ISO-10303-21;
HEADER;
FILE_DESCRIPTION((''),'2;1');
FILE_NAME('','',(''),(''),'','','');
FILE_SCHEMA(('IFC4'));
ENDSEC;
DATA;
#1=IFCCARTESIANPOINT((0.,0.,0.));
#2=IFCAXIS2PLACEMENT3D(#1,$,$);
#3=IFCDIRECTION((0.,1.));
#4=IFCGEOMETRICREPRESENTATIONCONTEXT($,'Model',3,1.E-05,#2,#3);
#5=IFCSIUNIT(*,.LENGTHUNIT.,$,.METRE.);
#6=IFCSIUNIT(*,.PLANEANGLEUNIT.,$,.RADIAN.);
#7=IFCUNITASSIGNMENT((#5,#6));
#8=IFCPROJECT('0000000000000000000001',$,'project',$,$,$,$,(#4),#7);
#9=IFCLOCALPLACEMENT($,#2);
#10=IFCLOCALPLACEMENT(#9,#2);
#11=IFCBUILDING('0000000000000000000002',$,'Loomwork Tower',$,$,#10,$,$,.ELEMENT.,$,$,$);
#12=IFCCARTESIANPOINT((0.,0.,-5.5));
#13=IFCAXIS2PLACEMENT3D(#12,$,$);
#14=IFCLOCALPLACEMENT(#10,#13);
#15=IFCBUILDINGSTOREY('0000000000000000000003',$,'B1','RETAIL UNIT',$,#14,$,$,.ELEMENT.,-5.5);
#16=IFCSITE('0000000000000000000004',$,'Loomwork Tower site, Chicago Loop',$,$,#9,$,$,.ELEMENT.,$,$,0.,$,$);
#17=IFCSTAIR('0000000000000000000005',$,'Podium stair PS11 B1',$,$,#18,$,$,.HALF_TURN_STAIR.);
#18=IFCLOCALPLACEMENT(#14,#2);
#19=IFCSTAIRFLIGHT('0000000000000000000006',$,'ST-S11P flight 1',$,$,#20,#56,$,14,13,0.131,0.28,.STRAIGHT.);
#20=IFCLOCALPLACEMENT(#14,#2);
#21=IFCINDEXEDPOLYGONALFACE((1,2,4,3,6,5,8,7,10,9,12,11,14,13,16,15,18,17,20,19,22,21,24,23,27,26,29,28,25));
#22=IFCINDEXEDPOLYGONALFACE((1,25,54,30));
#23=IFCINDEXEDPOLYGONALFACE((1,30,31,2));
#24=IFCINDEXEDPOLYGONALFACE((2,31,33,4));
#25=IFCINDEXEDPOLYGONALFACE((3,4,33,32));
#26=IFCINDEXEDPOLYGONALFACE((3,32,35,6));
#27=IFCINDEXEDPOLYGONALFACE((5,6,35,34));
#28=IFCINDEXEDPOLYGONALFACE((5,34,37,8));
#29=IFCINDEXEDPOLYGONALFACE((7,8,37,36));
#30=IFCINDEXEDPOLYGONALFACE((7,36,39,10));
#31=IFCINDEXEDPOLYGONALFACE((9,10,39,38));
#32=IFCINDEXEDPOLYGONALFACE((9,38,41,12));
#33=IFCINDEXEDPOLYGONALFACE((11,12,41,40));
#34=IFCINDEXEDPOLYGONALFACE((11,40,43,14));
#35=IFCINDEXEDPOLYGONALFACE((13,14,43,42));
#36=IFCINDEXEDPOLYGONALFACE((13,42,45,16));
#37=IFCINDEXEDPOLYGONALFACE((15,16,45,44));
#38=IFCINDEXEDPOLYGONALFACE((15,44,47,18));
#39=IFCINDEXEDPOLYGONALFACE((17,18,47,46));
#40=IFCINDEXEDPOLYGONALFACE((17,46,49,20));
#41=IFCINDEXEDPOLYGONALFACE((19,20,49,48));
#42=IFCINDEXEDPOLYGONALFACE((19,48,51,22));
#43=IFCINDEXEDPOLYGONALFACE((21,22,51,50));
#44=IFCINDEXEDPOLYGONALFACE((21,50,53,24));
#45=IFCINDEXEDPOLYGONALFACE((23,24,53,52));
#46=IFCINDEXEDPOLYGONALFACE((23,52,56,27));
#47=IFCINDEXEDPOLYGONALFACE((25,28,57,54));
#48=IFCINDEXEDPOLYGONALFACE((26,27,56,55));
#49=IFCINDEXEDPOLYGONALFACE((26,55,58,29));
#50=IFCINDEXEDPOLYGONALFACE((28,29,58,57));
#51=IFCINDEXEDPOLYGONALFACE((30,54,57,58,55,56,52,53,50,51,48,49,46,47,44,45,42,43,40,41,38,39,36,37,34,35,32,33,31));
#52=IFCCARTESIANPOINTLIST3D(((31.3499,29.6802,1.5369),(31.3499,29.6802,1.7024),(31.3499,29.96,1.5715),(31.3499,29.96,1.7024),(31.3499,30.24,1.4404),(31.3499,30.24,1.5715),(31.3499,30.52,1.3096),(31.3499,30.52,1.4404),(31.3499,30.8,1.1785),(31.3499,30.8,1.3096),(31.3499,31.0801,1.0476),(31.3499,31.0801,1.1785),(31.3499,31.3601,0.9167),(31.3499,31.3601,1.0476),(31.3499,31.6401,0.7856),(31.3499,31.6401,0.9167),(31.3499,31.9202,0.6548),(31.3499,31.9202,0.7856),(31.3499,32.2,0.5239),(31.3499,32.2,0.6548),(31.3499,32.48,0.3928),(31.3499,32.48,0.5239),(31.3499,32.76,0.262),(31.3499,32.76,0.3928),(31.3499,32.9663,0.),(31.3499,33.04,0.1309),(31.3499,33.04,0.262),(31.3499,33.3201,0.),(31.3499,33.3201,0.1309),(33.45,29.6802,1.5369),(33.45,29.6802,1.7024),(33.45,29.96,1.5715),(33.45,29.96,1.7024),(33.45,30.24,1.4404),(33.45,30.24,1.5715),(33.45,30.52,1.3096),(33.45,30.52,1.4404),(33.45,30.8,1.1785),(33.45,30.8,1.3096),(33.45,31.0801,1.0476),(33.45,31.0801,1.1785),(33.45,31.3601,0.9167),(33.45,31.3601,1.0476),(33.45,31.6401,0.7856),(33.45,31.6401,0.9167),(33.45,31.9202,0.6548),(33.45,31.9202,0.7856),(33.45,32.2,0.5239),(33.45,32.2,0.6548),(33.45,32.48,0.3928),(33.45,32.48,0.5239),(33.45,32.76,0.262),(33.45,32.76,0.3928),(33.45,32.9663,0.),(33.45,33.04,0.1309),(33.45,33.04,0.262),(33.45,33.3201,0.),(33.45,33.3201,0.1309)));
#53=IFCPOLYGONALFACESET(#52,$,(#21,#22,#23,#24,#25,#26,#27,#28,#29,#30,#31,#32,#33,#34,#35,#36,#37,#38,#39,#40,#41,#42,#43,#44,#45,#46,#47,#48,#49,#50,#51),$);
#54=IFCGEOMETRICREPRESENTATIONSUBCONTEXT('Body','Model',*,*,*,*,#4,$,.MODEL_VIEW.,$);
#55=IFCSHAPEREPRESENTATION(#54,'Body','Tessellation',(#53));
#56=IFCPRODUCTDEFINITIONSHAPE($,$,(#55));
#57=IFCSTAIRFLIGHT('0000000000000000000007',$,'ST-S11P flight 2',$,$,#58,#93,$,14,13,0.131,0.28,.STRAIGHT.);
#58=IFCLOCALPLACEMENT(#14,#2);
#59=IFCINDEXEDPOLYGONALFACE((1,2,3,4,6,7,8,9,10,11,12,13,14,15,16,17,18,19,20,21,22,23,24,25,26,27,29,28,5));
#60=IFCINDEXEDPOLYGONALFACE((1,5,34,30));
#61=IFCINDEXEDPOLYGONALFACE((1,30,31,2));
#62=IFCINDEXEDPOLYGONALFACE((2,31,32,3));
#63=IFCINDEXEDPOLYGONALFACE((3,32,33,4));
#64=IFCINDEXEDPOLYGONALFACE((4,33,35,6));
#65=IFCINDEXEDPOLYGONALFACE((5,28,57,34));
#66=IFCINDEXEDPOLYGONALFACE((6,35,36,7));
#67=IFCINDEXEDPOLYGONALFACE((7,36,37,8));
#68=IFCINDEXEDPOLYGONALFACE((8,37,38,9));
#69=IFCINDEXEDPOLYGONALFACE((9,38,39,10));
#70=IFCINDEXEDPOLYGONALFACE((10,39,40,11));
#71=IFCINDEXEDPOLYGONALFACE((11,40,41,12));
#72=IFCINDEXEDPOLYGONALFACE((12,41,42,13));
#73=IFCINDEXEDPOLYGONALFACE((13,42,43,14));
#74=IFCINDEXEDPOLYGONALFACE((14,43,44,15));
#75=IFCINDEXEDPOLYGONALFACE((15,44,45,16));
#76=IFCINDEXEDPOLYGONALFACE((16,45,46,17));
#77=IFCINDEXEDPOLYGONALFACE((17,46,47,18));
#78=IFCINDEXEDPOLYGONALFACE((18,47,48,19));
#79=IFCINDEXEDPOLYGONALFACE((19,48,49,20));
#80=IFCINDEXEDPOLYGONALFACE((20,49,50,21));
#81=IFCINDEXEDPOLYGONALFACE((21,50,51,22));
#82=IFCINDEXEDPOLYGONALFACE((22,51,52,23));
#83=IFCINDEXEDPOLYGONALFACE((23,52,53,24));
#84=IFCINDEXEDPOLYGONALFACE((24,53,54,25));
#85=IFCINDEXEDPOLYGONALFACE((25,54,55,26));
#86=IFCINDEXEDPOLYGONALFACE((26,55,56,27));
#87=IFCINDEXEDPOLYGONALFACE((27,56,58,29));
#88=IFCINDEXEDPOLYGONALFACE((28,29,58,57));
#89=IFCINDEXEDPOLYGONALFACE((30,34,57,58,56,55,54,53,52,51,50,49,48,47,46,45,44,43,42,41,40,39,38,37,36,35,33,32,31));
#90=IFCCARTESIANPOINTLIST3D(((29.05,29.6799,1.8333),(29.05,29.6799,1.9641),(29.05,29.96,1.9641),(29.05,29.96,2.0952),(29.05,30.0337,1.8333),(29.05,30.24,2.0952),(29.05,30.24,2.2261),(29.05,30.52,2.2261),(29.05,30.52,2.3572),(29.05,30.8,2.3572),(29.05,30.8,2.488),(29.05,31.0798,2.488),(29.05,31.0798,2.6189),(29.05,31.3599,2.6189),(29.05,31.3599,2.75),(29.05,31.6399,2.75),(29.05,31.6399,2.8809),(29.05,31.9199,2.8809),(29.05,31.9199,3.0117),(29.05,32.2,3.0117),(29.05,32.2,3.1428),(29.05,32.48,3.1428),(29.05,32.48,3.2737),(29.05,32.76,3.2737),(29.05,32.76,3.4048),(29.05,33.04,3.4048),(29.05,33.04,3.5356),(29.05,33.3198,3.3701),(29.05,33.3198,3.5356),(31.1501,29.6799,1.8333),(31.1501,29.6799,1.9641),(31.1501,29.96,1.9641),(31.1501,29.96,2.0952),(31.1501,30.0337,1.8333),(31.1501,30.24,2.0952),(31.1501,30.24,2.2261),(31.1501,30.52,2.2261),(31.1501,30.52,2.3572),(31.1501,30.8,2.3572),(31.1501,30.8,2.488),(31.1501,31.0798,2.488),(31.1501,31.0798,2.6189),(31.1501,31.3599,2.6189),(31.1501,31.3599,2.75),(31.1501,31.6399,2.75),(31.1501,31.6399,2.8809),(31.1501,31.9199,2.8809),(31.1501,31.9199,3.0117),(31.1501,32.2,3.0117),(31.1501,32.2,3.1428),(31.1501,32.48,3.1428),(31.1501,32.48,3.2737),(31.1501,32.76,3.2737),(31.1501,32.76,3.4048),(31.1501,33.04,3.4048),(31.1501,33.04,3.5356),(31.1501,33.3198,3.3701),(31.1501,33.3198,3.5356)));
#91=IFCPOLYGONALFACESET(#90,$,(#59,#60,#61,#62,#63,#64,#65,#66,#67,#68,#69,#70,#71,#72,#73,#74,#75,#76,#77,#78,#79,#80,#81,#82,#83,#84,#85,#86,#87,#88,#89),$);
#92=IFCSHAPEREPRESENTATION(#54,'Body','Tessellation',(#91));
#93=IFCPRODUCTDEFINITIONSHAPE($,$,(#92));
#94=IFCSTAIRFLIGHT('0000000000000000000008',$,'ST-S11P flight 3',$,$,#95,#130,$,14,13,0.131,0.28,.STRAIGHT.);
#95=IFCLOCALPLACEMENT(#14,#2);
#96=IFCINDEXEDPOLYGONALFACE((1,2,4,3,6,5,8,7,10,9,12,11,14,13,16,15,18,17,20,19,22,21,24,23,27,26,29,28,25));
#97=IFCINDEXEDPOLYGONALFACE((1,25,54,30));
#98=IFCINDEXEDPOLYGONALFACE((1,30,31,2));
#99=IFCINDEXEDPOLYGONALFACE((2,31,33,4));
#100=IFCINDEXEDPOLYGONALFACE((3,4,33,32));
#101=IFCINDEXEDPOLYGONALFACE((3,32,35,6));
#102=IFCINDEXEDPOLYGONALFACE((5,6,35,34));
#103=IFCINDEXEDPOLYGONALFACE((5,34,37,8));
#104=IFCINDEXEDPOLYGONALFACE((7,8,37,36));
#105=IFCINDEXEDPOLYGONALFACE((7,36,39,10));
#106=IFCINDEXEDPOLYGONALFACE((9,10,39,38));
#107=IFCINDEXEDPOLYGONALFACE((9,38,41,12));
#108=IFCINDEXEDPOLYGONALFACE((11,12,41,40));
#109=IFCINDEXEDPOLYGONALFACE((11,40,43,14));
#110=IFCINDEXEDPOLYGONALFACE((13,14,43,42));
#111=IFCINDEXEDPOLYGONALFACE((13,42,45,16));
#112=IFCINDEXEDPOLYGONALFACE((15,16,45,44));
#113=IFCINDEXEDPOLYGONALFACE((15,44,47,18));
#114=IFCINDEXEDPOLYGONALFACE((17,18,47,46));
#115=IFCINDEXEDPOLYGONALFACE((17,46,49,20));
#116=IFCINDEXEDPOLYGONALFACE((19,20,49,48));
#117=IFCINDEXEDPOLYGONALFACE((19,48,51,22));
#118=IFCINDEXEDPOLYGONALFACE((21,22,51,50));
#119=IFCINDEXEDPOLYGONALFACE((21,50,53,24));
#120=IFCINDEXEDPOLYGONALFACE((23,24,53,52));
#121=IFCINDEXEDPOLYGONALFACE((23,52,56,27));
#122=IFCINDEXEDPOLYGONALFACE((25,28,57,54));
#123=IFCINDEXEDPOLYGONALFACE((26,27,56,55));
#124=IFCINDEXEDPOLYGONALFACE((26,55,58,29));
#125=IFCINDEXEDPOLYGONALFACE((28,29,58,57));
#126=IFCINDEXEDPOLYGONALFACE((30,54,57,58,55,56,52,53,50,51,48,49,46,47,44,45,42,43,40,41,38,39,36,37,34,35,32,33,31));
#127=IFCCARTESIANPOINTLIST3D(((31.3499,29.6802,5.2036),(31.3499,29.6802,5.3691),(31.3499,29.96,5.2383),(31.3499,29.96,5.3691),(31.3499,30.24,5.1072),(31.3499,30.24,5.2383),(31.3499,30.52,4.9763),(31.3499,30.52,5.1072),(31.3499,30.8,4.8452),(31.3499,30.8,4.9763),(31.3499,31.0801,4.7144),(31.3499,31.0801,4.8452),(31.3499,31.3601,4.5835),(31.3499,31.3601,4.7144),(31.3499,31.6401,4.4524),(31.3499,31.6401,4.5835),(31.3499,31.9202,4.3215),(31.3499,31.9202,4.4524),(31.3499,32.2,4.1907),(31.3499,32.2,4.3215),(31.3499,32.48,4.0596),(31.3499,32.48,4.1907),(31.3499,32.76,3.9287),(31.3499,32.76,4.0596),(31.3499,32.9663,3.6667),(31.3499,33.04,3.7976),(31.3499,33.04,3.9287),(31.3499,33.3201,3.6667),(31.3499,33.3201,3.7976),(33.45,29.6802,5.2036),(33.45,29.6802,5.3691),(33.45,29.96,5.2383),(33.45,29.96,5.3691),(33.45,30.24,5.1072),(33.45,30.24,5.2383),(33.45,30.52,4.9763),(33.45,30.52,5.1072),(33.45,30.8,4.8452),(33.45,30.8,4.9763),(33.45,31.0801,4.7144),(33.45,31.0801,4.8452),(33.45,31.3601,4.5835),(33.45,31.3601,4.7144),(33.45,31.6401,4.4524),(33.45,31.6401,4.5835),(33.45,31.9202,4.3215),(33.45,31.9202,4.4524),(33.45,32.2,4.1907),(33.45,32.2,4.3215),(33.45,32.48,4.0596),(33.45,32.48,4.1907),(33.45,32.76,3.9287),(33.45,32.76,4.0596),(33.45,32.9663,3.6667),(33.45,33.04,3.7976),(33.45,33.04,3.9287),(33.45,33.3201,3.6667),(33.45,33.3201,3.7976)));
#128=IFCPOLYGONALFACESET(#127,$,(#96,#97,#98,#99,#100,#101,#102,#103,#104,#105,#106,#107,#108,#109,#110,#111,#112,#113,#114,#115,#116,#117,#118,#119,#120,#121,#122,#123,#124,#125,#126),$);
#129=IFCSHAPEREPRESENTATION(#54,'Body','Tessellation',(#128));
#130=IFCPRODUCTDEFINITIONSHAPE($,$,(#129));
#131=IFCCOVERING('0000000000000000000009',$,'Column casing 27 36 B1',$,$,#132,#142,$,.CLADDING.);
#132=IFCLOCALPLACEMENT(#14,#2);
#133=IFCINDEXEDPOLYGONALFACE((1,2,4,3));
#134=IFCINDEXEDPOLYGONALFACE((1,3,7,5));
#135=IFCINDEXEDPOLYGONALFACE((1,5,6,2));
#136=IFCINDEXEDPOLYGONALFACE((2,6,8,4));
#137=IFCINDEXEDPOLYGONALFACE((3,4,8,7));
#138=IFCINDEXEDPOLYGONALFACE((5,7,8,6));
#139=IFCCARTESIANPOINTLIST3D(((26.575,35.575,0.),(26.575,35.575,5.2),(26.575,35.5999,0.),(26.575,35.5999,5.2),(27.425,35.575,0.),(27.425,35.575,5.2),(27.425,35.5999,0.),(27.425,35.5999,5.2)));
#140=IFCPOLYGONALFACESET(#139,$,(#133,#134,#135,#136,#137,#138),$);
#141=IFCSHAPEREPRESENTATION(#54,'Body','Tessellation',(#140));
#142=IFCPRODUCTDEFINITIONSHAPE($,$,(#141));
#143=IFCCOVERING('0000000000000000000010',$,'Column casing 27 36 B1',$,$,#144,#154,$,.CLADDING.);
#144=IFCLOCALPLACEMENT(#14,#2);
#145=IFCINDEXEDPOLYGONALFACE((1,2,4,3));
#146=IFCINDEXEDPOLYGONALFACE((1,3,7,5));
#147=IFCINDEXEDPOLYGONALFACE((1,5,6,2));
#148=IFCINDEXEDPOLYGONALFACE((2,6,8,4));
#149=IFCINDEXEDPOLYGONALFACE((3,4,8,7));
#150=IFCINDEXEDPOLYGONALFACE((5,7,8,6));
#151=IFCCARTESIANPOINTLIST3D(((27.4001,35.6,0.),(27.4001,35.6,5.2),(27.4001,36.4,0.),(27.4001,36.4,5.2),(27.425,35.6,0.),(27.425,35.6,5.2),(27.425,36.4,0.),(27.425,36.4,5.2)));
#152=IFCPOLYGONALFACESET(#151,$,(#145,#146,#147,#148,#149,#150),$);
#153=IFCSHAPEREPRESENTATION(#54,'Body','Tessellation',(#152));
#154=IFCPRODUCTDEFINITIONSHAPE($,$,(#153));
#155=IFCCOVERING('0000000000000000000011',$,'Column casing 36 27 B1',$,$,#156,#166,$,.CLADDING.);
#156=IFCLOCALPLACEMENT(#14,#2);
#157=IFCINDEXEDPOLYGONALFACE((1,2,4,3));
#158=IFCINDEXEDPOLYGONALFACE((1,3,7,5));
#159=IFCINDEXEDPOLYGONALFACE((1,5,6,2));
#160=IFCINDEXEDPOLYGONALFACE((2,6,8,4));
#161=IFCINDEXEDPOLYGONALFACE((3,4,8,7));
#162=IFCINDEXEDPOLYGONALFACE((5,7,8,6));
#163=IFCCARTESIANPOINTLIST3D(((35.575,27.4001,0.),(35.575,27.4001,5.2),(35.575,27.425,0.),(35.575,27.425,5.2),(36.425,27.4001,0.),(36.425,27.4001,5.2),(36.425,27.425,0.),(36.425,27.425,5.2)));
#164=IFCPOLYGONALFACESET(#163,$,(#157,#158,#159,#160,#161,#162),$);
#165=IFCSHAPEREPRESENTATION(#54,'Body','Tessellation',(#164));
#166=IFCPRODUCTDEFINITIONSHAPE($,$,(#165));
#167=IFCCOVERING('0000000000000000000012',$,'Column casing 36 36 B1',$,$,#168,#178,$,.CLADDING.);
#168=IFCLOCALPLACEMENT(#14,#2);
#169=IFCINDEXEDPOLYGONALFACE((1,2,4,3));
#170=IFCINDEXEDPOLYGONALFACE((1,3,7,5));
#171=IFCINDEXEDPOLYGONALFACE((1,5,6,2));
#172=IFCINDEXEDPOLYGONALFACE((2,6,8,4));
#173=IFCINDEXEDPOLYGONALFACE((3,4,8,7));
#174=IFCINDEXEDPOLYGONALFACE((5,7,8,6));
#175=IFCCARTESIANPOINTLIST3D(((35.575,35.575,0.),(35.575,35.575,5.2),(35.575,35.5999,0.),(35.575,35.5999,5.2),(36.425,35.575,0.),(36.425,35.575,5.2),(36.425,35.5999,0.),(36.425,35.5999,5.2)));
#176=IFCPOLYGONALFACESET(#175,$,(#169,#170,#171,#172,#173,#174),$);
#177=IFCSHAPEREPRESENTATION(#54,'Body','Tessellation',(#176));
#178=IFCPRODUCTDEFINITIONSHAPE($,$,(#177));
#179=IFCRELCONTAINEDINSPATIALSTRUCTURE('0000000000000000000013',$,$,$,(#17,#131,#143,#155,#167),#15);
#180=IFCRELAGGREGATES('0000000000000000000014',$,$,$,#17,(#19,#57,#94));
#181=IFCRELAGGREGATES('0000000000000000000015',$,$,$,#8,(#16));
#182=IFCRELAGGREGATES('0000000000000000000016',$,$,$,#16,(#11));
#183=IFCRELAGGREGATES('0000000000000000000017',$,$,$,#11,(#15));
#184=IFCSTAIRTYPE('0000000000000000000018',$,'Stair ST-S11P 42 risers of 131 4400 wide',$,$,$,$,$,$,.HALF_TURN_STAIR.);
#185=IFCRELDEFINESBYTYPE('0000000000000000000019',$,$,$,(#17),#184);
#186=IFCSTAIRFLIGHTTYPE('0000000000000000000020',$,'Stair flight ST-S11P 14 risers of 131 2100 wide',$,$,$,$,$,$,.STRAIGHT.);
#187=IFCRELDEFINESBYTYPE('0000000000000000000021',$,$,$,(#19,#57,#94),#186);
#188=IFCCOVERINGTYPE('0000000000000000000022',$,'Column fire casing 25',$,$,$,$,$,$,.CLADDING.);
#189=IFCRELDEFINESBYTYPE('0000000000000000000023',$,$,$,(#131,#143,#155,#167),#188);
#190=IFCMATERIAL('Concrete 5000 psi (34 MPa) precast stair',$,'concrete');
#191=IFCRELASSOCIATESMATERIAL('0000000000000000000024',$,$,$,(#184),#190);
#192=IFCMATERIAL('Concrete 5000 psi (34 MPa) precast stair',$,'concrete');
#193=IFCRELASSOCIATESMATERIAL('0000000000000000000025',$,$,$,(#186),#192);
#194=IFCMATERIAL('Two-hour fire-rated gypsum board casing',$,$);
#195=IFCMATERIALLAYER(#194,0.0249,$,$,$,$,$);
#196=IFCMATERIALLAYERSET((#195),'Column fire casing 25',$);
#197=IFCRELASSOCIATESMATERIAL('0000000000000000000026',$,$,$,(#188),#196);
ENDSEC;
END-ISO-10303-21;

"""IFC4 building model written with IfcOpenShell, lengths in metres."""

from ifc_helpers import new_model, si_unit, direction, frame, origin, origin_2d, place, context, subcontext, project, spatial, polyline, rectangle, outline, extrude, material, layer, layer_set, type_object, element, aggregate, save


model = new_model("IFC4")

# Units and contexts
model_context = context("Model", 3, precision=1e-05, world=origin(), true_north=direction((0.0, 1.0)))
body_context = subcontext(model_context, "Body", "Model", "MODEL_VIEW")
ifc_project = project(units=[si_unit("LENGTHUNIT", "METRE"), si_unit("PLANEANGLEUNIT", "RADIAN")], contexts=[model_context])

# Site, building, storey
site_placement = place(None, origin())
site = spatial("IfcSite", under=ifc_project, at=site_placement, Name="Loomwork Tower site, Chicago Loop", CompositionType="ELEMENT", RefElevation=0.0)
building_placement = place(site_placement, origin())
building = spatial("IfcBuilding", under=site, at=building_placement, Name="Loomwork Tower", CompositionType="ELEMENT")
storey_placement = place(building_placement, frame((0.0, 0.0, -5.5)))
storey = spatial("IfcBuildingStorey", under=building, at=storey_placement, Name="B1", Description="RETAIL UNIT", CompositionType="ELEMENT", Elevation=-5.5)

# Stair, stair flights
ifc_material_1 = material(Name="Concrete 5000 psi (34 MPa) precast stair", Category="concrete")
stair_type = type_object("IfcStairType", Name="Stair ST-S11P 42 risers of 131 4400 wide", PredefinedType="HALF_TURN_STAIR", material=ifc_material_1)
stair_placement = place(storey_placement, origin())
stair = element("IfcStair", 1, at=stair_placement, inside=storey, type_object=stair_type, Name="Podium stair PS11 B1", PredefinedType="HALF_TURN_STAIR")
ifc_material_2 = material(Name="Concrete 5000 psi (34 MPa) precast stair", Category="concrete")
stair_flight_type = type_object("IfcStairFlightType", Name="Stair flight ST-S11P 14 risers of 131 2100 wide", PredefinedType="STRAIGHT", material=ifc_material_2)
stair_flight_1_placement = place(storey_placement, frame((32.3999, 33.3201, 0.0), z_axis=(0.0, 0.0, 1.0), x_axis=(0.0, -1.0, 0.0)))
stair_flight_1 = element("IfcStairFlight", 2, at=stair_flight_1_placement, type_object=stair_flight_type, Name="ST-S11P flight 1", NumberOfRisers=14, NumberOfTreads=13, PredefinedType="STRAIGHT", RiserHeight=0.131, TreadLength=0.28, context=body_context, shape_type="SweptSolid", body=[
    extrude(outline(polyline([(0.0, 0.0), (0.0, 0.1309), (0.28, 0.1309), (0.28, 0.262), (0.5601, 0.262), (0.5601, 0.3928), (0.8401, 0.3928), (0.8401, 0.5239), (1.1201, 0.5239), (1.1201, 0.6548), (1.3999, 0.6548), (1.3999, 0.7856), (1.6799, 0.7856), (1.6799, 0.9167), (1.96, 0.9167), (1.96, 1.0476), (2.24, 1.0476), (2.24, 1.1785), (2.52, 1.1785), (2.52, 1.3096), (2.8, 1.3096), (2.8, 1.4404), (3.0801, 1.4404), (3.0801, 1.5715), (3.3601, 1.5715), (3.3601, 1.7024), (3.6399, 1.7024), (3.6399, 1.8333), (3.6399, 1.5369), (0.3538, 0.0), (0.0, 0.0)])), frame((0.0, 1.05, 0.0), z_axis=(0.0, -1.0, 0.0), x_axis=(1.0, 0.0, 0.0)), (0.0, 0.0, 1.0), 2.1001),
])
stair_flight_2_placement = place(storey_placement, frame((30.1001, 29.6799, 1.8333), z_axis=(0.0, 0.0, 1.0), x_axis=(0.0, 1.0, 0.0)))
stair_flight_2 = element("IfcStairFlight", 3, at=stair_flight_2_placement, type_object=stair_flight_type, Name="ST-S11P flight 2", NumberOfRisers=14, NumberOfTreads=13, PredefinedType="STRAIGHT", RiserHeight=0.131, TreadLength=0.28, context=body_context, shape_type="SweptSolid", body=[
    extrude(outline(polyline([(0.0, 0.0), (0.0, 0.1309), (0.28, 0.1309), (0.28, 0.262), (0.5601, 0.262), (0.5601, 0.3928), (0.8401, 0.3928), (0.8401, 0.5239), (1.1201, 0.5239), (1.1201, 0.6548), (1.3999, 0.6548), (1.3999, 0.7856), (1.6799, 0.7856), (1.6799, 0.9167), (1.96, 0.9167), (1.96, 1.0476), (2.24, 1.0476), (2.24, 1.1785), (2.52, 1.1785), (2.52, 1.3096), (2.8, 1.3096), (2.8, 1.4404), (3.0801, 1.4404), (3.0801, 1.5715), (3.3601, 1.5715), (3.3601, 1.7024), (3.6399, 1.7024), (3.6399, 1.8333), (3.6399, 1.5369), (0.3538, 0.0), (0.0, 0.0)])), frame((0.0, 1.05, 0.0), z_axis=(0.0, -1.0, 0.0), x_axis=(1.0, 0.0, 0.0)), (0.0, 0.0, 1.0), 2.1001),
])
stair_flight_3_placement = place(storey_placement, frame((32.3999, 33.3201, 3.6667), z_axis=(0.0, 0.0, 1.0), x_axis=(0.0, -1.0, 0.0)))
stair_flight_3 = element("IfcStairFlight", 4, at=stair_flight_3_placement, type_object=stair_flight_type, Name="ST-S11P flight 3", NumberOfRisers=14, NumberOfTreads=13, PredefinedType="STRAIGHT", RiserHeight=0.131, TreadLength=0.28, context=body_context, shape_type="SweptSolid", body=[
    extrude(outline(polyline([(0.0, 0.0), (0.0, 0.1309), (0.28, 0.1309), (0.28, 0.262), (0.5601, 0.262), (0.5601, 0.3928), (0.8401, 0.3928), (0.8401, 0.5239), (1.1201, 0.5239), (1.1201, 0.6548), (1.3999, 0.6548), (1.3999, 0.7856), (1.6799, 0.7856), (1.6799, 0.9167), (1.96, 0.9167), (1.96, 1.0476), (2.24, 1.0476), (2.24, 1.1785), (2.52, 1.1785), (2.52, 1.3096), (2.8, 1.3096), (2.8, 1.4404), (3.0801, 1.4404), (3.0801, 1.5715), (3.3601, 1.5715), (3.3601, 1.7024), (3.6399, 1.7024), (3.6399, 1.8333), (3.6399, 1.5369), (0.3538, 0.0), (0.0, 0.0)])), frame((0.0, 1.05, 0.0), z_axis=(0.0, -1.0, 0.0), x_axis=(1.0, 0.0, 0.0)), (0.0, 0.0, 1.0), 2.1001),
])
aggregate(stair, [stair_flight_1, stair_flight_2, stair_flight_3])

# Coverings
ifc_material_3 = material(Name="Two-hour fire-rated gypsum board casing")
ifc_layer_1 = layer(ifc_material_3, 0.0249)
ifc_layer_set_1 = layer_set([ifc_layer_1], Name="Column fire casing 25")
covering_type = type_object("IfcCoveringType", Name="Column fire casing 25", PredefinedType="CLADDING", material=ifc_layer_set_1)
covering_1_placement = place(storey_placement, frame((27.0, 35.5874, 0.0), z_axis=(0.0, 0.0, 1.0), x_axis=(1.0, 0.0, 0.0)))
element("IfcCovering", 5, at=covering_1_placement, inside=storey, type_object=covering_type, Name="Column casing 27 36 B1", PredefinedType="CLADDING", context=body_context, shape_type="SweptSolid", body=[
    extrude(rectangle(XDim=0.8501, YDim=0.0249, at=origin_2d()), origin(), (0.0, 0.0, 1.0), 5.2),
])
covering_2_placement = place(storey_placement, frame((27.4126, 36.0, 0.0), z_axis=(0.0, 0.0, 1.0), x_axis=(1.0, 0.0, 0.0)))
element("IfcCovering", 6, at=covering_2_placement, inside=storey, type_object=covering_type, Name="Column casing 27 36 B1", PredefinedType="CLADDING", context=body_context, shape_type="SweptSolid", body=[
    extrude(rectangle(XDim=0.0249, YDim=0.8, at=origin_2d()), origin(), (0.0, 0.0, 1.0), 5.2),
])
for number, where, z_axis, x_axis, name in (
    (7, (36.0, 27.4126, 0.0), (0.0, 0.0, 1.0), (1.0, 0.0, 0.0), "Column casing 36 27 B1"),
    (8, (36.0, 35.5874, 0.0), (0.0, 0.0, 1.0), (1.0, 0.0, 0.0), "Column casing 36 36 B1"),
):
    element("IfcCovering", number, at=place(storey_placement, frame(where, z_axis=z_axis, x_axis=x_axis)), inside=storey, type_object=covering_type, Name=name, PredefinedType="CLADDING", context=body_context, shape_type="SweptSolid", body=[
        extrude(rectangle(XDim=0.8501, YDim=0.0249, at=origin_2d()), origin(), (0.0, 0.0, 1.0), 5.2),
    ])

save(model, "model.ifc")
